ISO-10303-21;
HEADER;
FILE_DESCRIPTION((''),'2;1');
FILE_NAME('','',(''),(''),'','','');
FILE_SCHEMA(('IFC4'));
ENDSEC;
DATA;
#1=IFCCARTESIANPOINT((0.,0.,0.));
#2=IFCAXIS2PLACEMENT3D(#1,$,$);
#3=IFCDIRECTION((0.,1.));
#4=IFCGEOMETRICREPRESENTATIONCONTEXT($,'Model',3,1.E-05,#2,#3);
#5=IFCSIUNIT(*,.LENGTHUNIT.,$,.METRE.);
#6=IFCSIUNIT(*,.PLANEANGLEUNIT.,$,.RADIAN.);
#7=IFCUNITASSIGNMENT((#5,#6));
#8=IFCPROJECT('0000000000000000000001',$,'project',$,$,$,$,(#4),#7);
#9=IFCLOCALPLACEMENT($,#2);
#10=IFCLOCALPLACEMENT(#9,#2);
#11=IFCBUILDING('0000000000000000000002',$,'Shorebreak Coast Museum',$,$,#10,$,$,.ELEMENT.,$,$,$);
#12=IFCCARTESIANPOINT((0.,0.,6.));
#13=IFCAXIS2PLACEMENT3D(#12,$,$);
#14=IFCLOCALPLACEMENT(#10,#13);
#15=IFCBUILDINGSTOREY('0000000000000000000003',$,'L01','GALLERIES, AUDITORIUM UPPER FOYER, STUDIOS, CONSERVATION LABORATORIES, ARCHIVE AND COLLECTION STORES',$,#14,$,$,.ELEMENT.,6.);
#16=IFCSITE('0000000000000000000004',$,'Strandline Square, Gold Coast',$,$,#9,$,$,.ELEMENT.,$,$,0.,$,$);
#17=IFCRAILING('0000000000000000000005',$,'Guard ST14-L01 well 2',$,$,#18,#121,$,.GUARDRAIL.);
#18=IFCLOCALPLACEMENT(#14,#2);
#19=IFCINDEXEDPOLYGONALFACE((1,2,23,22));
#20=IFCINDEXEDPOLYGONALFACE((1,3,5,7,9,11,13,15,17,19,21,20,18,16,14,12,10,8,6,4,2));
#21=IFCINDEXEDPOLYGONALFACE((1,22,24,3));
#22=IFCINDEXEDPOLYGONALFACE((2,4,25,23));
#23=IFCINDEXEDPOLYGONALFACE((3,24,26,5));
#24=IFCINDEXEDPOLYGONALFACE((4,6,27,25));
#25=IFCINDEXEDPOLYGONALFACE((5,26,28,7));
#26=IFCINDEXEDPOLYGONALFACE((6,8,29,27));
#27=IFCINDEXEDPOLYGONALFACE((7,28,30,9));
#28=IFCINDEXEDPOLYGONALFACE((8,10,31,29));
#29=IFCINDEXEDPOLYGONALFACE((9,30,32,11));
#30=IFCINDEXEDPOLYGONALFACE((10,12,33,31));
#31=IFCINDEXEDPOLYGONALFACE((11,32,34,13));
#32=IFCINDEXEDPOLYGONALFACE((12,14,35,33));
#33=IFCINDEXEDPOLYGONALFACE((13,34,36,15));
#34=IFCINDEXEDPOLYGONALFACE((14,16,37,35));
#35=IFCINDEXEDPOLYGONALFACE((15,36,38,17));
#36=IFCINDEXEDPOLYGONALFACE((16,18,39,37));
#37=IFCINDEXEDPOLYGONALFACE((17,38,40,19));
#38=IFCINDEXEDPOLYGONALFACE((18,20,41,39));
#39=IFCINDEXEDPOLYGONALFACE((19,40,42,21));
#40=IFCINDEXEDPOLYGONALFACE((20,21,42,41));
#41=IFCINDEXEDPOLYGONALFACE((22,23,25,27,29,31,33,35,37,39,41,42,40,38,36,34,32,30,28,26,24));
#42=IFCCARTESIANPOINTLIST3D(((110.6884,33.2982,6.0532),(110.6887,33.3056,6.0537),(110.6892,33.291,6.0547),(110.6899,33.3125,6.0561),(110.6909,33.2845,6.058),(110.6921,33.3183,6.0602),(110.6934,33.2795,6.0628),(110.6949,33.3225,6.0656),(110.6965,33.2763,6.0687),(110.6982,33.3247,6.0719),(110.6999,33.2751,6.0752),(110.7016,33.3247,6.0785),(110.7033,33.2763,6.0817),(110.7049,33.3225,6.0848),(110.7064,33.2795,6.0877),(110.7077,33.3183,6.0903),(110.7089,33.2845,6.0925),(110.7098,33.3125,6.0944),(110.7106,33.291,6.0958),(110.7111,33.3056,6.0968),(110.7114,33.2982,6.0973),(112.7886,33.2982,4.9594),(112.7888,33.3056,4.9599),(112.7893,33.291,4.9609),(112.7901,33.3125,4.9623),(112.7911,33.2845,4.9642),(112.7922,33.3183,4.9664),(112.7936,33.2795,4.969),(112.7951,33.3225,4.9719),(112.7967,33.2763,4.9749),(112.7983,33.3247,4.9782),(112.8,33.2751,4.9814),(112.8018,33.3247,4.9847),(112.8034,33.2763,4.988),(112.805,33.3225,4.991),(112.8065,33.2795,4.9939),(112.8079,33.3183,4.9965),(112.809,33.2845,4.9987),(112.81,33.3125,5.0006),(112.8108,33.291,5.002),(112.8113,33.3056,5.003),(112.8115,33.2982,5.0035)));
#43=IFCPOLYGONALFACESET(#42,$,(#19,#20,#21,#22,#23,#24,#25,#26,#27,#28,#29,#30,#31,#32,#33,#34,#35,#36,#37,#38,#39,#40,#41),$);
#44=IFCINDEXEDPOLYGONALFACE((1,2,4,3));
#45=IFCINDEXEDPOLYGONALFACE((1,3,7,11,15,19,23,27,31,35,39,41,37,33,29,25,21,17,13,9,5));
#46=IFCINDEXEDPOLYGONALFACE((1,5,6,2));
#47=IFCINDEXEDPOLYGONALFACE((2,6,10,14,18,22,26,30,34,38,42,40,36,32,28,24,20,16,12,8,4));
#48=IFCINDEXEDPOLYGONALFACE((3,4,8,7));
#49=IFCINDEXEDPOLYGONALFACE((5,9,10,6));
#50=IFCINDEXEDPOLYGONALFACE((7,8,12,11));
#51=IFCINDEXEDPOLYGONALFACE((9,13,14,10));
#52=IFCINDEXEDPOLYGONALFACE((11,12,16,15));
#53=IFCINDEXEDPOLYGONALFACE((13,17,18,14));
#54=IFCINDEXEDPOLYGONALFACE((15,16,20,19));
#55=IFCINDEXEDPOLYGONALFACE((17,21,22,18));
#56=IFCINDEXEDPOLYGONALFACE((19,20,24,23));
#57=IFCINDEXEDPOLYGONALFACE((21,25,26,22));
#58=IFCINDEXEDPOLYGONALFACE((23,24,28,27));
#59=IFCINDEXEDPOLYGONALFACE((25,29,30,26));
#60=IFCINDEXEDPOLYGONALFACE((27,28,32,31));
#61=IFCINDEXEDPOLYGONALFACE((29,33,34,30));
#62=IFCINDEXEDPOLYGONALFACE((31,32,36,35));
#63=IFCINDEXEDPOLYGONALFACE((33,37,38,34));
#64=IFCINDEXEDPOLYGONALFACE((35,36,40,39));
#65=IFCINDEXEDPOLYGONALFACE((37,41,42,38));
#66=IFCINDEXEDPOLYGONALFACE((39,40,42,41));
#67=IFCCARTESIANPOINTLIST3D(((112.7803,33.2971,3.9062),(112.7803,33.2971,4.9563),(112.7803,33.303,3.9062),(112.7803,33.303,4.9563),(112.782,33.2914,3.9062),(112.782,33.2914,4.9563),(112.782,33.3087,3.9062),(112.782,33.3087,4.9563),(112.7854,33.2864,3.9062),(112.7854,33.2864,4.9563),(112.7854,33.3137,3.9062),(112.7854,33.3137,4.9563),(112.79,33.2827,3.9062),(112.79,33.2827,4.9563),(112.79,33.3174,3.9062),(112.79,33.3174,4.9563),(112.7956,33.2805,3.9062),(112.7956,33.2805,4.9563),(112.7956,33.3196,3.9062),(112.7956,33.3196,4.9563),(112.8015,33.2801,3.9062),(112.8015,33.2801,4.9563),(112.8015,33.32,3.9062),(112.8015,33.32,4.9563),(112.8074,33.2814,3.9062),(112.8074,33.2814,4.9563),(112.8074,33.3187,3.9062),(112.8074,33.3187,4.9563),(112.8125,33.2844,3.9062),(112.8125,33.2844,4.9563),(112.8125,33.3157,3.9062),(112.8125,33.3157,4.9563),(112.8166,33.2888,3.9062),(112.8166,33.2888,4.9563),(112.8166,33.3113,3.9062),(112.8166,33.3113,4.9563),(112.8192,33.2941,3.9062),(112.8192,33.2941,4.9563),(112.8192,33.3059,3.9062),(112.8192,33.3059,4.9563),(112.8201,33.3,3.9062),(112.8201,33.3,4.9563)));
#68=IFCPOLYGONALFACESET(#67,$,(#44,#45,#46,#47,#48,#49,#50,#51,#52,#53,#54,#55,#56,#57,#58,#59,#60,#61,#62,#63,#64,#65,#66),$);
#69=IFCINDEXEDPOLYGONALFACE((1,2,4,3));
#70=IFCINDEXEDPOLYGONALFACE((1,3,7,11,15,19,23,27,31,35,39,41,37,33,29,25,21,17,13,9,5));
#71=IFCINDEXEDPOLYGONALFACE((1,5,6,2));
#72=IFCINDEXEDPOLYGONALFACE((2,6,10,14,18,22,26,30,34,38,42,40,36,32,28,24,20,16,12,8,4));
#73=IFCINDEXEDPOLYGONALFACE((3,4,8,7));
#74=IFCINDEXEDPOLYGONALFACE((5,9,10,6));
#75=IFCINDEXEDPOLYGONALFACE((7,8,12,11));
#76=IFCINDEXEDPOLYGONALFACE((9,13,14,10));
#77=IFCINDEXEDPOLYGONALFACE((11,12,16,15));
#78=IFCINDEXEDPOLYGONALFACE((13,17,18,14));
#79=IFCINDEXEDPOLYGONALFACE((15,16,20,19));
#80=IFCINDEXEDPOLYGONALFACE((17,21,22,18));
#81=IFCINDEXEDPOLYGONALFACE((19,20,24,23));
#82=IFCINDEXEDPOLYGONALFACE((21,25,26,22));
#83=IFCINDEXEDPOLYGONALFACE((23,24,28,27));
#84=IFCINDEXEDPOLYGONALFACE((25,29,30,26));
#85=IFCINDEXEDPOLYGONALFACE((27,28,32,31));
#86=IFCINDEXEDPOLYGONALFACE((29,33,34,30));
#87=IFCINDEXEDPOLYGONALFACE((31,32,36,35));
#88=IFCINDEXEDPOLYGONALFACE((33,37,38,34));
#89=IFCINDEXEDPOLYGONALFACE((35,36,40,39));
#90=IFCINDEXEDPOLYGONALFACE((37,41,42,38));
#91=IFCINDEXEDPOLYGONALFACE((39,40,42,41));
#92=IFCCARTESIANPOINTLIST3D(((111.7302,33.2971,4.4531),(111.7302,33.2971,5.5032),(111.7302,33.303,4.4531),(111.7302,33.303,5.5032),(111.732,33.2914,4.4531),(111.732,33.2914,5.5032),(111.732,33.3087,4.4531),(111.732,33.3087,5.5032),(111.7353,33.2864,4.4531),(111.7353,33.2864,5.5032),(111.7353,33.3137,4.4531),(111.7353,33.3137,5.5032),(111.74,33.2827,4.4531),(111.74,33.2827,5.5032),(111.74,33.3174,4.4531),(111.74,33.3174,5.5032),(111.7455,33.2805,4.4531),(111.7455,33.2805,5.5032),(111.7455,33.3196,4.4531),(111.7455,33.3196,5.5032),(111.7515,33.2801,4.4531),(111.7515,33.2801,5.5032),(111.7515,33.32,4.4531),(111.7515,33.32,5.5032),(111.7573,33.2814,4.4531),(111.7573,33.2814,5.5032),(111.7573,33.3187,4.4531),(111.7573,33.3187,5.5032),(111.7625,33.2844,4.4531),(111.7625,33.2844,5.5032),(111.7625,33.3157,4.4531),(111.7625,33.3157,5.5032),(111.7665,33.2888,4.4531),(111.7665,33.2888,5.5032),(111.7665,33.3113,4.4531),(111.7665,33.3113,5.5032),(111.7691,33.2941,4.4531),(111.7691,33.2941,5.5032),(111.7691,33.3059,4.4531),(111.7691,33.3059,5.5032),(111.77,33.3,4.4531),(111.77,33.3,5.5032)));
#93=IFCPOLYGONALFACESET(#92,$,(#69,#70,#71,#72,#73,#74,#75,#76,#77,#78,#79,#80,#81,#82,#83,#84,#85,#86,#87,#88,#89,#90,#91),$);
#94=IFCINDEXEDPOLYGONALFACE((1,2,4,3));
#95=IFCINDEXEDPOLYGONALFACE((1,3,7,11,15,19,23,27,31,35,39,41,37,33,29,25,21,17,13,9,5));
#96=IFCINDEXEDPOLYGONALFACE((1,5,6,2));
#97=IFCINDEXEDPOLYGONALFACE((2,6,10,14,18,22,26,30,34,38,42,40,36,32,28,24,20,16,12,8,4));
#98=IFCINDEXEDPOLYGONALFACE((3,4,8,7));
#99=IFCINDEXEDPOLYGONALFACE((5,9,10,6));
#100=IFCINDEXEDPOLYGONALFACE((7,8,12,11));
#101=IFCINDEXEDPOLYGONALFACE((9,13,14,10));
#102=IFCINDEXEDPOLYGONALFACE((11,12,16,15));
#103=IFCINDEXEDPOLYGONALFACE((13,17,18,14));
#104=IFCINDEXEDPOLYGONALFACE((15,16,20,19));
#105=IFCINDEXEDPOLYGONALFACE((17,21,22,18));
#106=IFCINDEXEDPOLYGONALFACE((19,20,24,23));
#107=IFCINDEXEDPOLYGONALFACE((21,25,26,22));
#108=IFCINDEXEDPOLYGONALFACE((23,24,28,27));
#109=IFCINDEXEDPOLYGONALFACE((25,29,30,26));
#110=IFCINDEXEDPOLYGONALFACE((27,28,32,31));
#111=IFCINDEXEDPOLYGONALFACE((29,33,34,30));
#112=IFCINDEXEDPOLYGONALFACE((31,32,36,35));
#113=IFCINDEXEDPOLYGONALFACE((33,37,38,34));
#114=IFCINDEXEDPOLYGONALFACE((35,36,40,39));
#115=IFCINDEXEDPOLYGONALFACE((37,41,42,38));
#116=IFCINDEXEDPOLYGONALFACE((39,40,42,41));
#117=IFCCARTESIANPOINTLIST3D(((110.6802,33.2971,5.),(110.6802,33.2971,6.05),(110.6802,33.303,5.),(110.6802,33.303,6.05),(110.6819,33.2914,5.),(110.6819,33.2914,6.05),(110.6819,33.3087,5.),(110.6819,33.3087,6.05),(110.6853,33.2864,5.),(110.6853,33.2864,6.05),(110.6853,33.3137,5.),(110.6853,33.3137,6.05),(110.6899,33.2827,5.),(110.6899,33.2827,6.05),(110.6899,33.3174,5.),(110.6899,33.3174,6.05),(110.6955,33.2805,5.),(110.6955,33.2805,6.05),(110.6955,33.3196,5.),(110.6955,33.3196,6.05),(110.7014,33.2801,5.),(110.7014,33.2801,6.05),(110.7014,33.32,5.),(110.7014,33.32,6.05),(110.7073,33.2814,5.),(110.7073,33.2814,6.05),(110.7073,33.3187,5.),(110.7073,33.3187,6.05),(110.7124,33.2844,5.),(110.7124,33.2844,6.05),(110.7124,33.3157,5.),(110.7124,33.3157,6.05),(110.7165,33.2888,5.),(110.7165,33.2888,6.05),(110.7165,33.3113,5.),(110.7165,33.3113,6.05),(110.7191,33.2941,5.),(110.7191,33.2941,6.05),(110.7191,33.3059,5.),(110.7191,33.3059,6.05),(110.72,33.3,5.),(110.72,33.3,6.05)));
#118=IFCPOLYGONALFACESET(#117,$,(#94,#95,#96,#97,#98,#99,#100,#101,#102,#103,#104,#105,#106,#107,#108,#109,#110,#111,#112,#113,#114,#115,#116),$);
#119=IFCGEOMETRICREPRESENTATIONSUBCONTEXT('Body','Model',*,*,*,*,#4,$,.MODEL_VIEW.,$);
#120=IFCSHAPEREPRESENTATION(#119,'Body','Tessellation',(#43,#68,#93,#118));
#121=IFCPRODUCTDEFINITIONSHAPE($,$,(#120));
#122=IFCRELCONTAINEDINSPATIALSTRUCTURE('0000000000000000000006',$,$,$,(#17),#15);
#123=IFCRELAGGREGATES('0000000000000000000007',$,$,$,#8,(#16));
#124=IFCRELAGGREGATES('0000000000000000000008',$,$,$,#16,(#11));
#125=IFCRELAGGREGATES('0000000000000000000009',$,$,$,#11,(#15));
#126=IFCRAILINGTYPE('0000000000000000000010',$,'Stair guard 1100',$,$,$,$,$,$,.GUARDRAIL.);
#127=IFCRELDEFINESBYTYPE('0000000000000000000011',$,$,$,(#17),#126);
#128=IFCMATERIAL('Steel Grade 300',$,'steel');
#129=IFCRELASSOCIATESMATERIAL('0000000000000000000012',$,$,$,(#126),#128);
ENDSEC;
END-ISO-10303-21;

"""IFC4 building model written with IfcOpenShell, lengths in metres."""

from ifc_helpers import new_model, si_unit, direction, frame, origin, origin_2d, place, context, subcontext, project, spatial, circle, extrude, material, type_object, element, save


model = new_model("IFC4")

# Units and contexts
model_context = context("Model", 3, precision=1e-05, world=origin(), true_north=direction((0.0, 1.0)))
body_context = subcontext(model_context, "Body", "Model", "MODEL_VIEW")
ifc_project = project(units=[si_unit("LENGTHUNIT", "METRE"), si_unit("PLANEANGLEUNIT", "RADIAN")], contexts=[model_context])

# Site, building, storey
site_placement = place(None, origin())
site = spatial("IfcSite", under=ifc_project, at=site_placement, Name="Strandline Square, Gold Coast", CompositionType="ELEMENT", RefElevation=0.0)
building_placement = place(site_placement, origin())
building = spatial("IfcBuilding", under=site, at=building_placement, Name="Shorebreak Coast Museum", CompositionType="ELEMENT")
storey_placement = place(building_placement, frame((0.0, 0.0, 6.0)))
storey = spatial("IfcBuildingStorey", under=building, at=storey_placement, Name="L01", Description="GALLERIES, AUDITORIUM UPPER FOYER, STUDIOS, CONSERVATION LABORATORIES, ARCHIVE AND COLLECTION STORES", CompositionType="ELEMENT", Elevation=6.0)

# Railing
ifc_material_1 = material(Name="Steel Grade 300", Category="steel")
railing_type_1 = type_object("IfcRailingType", Name="Stair guard 1100", PredefinedType="GUARDRAIL", material=ifc_material_1)
railing_1_placement = place(storey_placement, frame((112.8, 33.3, 3.9062)))
element("IfcRailing", 1, at=railing_1_placement, inside=storey, type_object=railing_type_1, Name="Guard ST14-L01 well 2", PredefinedType="GUARDRAIL", context=body_context, shape_type="SweptSolid", body=[
    extrude(circle(Radius=0.0249, at=origin_2d()), frame((0.0, 0.0, 1.0752), z_axis=(-0.886923, 0.0, 0.461918), x_axis=(0.0, -1.0, 0.0)), (0.0, 0.0, 1.0), 2.3679),
    extrude(circle(Radius=0.02, at=origin_2d()), origin(), (0.0, 0.0, 1.0), 1.05),
    extrude(circle(Radius=0.02, at=origin_2d()), frame((-1.05, 0.0, 0.5469)), (0.0, 0.0, 1.0), 1.05),
    extrude(circle(Radius=0.02, at=origin_2d()), frame((-2.1001, 0.0, 1.0938)), (0.0, 0.0, 1.0), 1.05),
])

save(model, "model.ifc")
